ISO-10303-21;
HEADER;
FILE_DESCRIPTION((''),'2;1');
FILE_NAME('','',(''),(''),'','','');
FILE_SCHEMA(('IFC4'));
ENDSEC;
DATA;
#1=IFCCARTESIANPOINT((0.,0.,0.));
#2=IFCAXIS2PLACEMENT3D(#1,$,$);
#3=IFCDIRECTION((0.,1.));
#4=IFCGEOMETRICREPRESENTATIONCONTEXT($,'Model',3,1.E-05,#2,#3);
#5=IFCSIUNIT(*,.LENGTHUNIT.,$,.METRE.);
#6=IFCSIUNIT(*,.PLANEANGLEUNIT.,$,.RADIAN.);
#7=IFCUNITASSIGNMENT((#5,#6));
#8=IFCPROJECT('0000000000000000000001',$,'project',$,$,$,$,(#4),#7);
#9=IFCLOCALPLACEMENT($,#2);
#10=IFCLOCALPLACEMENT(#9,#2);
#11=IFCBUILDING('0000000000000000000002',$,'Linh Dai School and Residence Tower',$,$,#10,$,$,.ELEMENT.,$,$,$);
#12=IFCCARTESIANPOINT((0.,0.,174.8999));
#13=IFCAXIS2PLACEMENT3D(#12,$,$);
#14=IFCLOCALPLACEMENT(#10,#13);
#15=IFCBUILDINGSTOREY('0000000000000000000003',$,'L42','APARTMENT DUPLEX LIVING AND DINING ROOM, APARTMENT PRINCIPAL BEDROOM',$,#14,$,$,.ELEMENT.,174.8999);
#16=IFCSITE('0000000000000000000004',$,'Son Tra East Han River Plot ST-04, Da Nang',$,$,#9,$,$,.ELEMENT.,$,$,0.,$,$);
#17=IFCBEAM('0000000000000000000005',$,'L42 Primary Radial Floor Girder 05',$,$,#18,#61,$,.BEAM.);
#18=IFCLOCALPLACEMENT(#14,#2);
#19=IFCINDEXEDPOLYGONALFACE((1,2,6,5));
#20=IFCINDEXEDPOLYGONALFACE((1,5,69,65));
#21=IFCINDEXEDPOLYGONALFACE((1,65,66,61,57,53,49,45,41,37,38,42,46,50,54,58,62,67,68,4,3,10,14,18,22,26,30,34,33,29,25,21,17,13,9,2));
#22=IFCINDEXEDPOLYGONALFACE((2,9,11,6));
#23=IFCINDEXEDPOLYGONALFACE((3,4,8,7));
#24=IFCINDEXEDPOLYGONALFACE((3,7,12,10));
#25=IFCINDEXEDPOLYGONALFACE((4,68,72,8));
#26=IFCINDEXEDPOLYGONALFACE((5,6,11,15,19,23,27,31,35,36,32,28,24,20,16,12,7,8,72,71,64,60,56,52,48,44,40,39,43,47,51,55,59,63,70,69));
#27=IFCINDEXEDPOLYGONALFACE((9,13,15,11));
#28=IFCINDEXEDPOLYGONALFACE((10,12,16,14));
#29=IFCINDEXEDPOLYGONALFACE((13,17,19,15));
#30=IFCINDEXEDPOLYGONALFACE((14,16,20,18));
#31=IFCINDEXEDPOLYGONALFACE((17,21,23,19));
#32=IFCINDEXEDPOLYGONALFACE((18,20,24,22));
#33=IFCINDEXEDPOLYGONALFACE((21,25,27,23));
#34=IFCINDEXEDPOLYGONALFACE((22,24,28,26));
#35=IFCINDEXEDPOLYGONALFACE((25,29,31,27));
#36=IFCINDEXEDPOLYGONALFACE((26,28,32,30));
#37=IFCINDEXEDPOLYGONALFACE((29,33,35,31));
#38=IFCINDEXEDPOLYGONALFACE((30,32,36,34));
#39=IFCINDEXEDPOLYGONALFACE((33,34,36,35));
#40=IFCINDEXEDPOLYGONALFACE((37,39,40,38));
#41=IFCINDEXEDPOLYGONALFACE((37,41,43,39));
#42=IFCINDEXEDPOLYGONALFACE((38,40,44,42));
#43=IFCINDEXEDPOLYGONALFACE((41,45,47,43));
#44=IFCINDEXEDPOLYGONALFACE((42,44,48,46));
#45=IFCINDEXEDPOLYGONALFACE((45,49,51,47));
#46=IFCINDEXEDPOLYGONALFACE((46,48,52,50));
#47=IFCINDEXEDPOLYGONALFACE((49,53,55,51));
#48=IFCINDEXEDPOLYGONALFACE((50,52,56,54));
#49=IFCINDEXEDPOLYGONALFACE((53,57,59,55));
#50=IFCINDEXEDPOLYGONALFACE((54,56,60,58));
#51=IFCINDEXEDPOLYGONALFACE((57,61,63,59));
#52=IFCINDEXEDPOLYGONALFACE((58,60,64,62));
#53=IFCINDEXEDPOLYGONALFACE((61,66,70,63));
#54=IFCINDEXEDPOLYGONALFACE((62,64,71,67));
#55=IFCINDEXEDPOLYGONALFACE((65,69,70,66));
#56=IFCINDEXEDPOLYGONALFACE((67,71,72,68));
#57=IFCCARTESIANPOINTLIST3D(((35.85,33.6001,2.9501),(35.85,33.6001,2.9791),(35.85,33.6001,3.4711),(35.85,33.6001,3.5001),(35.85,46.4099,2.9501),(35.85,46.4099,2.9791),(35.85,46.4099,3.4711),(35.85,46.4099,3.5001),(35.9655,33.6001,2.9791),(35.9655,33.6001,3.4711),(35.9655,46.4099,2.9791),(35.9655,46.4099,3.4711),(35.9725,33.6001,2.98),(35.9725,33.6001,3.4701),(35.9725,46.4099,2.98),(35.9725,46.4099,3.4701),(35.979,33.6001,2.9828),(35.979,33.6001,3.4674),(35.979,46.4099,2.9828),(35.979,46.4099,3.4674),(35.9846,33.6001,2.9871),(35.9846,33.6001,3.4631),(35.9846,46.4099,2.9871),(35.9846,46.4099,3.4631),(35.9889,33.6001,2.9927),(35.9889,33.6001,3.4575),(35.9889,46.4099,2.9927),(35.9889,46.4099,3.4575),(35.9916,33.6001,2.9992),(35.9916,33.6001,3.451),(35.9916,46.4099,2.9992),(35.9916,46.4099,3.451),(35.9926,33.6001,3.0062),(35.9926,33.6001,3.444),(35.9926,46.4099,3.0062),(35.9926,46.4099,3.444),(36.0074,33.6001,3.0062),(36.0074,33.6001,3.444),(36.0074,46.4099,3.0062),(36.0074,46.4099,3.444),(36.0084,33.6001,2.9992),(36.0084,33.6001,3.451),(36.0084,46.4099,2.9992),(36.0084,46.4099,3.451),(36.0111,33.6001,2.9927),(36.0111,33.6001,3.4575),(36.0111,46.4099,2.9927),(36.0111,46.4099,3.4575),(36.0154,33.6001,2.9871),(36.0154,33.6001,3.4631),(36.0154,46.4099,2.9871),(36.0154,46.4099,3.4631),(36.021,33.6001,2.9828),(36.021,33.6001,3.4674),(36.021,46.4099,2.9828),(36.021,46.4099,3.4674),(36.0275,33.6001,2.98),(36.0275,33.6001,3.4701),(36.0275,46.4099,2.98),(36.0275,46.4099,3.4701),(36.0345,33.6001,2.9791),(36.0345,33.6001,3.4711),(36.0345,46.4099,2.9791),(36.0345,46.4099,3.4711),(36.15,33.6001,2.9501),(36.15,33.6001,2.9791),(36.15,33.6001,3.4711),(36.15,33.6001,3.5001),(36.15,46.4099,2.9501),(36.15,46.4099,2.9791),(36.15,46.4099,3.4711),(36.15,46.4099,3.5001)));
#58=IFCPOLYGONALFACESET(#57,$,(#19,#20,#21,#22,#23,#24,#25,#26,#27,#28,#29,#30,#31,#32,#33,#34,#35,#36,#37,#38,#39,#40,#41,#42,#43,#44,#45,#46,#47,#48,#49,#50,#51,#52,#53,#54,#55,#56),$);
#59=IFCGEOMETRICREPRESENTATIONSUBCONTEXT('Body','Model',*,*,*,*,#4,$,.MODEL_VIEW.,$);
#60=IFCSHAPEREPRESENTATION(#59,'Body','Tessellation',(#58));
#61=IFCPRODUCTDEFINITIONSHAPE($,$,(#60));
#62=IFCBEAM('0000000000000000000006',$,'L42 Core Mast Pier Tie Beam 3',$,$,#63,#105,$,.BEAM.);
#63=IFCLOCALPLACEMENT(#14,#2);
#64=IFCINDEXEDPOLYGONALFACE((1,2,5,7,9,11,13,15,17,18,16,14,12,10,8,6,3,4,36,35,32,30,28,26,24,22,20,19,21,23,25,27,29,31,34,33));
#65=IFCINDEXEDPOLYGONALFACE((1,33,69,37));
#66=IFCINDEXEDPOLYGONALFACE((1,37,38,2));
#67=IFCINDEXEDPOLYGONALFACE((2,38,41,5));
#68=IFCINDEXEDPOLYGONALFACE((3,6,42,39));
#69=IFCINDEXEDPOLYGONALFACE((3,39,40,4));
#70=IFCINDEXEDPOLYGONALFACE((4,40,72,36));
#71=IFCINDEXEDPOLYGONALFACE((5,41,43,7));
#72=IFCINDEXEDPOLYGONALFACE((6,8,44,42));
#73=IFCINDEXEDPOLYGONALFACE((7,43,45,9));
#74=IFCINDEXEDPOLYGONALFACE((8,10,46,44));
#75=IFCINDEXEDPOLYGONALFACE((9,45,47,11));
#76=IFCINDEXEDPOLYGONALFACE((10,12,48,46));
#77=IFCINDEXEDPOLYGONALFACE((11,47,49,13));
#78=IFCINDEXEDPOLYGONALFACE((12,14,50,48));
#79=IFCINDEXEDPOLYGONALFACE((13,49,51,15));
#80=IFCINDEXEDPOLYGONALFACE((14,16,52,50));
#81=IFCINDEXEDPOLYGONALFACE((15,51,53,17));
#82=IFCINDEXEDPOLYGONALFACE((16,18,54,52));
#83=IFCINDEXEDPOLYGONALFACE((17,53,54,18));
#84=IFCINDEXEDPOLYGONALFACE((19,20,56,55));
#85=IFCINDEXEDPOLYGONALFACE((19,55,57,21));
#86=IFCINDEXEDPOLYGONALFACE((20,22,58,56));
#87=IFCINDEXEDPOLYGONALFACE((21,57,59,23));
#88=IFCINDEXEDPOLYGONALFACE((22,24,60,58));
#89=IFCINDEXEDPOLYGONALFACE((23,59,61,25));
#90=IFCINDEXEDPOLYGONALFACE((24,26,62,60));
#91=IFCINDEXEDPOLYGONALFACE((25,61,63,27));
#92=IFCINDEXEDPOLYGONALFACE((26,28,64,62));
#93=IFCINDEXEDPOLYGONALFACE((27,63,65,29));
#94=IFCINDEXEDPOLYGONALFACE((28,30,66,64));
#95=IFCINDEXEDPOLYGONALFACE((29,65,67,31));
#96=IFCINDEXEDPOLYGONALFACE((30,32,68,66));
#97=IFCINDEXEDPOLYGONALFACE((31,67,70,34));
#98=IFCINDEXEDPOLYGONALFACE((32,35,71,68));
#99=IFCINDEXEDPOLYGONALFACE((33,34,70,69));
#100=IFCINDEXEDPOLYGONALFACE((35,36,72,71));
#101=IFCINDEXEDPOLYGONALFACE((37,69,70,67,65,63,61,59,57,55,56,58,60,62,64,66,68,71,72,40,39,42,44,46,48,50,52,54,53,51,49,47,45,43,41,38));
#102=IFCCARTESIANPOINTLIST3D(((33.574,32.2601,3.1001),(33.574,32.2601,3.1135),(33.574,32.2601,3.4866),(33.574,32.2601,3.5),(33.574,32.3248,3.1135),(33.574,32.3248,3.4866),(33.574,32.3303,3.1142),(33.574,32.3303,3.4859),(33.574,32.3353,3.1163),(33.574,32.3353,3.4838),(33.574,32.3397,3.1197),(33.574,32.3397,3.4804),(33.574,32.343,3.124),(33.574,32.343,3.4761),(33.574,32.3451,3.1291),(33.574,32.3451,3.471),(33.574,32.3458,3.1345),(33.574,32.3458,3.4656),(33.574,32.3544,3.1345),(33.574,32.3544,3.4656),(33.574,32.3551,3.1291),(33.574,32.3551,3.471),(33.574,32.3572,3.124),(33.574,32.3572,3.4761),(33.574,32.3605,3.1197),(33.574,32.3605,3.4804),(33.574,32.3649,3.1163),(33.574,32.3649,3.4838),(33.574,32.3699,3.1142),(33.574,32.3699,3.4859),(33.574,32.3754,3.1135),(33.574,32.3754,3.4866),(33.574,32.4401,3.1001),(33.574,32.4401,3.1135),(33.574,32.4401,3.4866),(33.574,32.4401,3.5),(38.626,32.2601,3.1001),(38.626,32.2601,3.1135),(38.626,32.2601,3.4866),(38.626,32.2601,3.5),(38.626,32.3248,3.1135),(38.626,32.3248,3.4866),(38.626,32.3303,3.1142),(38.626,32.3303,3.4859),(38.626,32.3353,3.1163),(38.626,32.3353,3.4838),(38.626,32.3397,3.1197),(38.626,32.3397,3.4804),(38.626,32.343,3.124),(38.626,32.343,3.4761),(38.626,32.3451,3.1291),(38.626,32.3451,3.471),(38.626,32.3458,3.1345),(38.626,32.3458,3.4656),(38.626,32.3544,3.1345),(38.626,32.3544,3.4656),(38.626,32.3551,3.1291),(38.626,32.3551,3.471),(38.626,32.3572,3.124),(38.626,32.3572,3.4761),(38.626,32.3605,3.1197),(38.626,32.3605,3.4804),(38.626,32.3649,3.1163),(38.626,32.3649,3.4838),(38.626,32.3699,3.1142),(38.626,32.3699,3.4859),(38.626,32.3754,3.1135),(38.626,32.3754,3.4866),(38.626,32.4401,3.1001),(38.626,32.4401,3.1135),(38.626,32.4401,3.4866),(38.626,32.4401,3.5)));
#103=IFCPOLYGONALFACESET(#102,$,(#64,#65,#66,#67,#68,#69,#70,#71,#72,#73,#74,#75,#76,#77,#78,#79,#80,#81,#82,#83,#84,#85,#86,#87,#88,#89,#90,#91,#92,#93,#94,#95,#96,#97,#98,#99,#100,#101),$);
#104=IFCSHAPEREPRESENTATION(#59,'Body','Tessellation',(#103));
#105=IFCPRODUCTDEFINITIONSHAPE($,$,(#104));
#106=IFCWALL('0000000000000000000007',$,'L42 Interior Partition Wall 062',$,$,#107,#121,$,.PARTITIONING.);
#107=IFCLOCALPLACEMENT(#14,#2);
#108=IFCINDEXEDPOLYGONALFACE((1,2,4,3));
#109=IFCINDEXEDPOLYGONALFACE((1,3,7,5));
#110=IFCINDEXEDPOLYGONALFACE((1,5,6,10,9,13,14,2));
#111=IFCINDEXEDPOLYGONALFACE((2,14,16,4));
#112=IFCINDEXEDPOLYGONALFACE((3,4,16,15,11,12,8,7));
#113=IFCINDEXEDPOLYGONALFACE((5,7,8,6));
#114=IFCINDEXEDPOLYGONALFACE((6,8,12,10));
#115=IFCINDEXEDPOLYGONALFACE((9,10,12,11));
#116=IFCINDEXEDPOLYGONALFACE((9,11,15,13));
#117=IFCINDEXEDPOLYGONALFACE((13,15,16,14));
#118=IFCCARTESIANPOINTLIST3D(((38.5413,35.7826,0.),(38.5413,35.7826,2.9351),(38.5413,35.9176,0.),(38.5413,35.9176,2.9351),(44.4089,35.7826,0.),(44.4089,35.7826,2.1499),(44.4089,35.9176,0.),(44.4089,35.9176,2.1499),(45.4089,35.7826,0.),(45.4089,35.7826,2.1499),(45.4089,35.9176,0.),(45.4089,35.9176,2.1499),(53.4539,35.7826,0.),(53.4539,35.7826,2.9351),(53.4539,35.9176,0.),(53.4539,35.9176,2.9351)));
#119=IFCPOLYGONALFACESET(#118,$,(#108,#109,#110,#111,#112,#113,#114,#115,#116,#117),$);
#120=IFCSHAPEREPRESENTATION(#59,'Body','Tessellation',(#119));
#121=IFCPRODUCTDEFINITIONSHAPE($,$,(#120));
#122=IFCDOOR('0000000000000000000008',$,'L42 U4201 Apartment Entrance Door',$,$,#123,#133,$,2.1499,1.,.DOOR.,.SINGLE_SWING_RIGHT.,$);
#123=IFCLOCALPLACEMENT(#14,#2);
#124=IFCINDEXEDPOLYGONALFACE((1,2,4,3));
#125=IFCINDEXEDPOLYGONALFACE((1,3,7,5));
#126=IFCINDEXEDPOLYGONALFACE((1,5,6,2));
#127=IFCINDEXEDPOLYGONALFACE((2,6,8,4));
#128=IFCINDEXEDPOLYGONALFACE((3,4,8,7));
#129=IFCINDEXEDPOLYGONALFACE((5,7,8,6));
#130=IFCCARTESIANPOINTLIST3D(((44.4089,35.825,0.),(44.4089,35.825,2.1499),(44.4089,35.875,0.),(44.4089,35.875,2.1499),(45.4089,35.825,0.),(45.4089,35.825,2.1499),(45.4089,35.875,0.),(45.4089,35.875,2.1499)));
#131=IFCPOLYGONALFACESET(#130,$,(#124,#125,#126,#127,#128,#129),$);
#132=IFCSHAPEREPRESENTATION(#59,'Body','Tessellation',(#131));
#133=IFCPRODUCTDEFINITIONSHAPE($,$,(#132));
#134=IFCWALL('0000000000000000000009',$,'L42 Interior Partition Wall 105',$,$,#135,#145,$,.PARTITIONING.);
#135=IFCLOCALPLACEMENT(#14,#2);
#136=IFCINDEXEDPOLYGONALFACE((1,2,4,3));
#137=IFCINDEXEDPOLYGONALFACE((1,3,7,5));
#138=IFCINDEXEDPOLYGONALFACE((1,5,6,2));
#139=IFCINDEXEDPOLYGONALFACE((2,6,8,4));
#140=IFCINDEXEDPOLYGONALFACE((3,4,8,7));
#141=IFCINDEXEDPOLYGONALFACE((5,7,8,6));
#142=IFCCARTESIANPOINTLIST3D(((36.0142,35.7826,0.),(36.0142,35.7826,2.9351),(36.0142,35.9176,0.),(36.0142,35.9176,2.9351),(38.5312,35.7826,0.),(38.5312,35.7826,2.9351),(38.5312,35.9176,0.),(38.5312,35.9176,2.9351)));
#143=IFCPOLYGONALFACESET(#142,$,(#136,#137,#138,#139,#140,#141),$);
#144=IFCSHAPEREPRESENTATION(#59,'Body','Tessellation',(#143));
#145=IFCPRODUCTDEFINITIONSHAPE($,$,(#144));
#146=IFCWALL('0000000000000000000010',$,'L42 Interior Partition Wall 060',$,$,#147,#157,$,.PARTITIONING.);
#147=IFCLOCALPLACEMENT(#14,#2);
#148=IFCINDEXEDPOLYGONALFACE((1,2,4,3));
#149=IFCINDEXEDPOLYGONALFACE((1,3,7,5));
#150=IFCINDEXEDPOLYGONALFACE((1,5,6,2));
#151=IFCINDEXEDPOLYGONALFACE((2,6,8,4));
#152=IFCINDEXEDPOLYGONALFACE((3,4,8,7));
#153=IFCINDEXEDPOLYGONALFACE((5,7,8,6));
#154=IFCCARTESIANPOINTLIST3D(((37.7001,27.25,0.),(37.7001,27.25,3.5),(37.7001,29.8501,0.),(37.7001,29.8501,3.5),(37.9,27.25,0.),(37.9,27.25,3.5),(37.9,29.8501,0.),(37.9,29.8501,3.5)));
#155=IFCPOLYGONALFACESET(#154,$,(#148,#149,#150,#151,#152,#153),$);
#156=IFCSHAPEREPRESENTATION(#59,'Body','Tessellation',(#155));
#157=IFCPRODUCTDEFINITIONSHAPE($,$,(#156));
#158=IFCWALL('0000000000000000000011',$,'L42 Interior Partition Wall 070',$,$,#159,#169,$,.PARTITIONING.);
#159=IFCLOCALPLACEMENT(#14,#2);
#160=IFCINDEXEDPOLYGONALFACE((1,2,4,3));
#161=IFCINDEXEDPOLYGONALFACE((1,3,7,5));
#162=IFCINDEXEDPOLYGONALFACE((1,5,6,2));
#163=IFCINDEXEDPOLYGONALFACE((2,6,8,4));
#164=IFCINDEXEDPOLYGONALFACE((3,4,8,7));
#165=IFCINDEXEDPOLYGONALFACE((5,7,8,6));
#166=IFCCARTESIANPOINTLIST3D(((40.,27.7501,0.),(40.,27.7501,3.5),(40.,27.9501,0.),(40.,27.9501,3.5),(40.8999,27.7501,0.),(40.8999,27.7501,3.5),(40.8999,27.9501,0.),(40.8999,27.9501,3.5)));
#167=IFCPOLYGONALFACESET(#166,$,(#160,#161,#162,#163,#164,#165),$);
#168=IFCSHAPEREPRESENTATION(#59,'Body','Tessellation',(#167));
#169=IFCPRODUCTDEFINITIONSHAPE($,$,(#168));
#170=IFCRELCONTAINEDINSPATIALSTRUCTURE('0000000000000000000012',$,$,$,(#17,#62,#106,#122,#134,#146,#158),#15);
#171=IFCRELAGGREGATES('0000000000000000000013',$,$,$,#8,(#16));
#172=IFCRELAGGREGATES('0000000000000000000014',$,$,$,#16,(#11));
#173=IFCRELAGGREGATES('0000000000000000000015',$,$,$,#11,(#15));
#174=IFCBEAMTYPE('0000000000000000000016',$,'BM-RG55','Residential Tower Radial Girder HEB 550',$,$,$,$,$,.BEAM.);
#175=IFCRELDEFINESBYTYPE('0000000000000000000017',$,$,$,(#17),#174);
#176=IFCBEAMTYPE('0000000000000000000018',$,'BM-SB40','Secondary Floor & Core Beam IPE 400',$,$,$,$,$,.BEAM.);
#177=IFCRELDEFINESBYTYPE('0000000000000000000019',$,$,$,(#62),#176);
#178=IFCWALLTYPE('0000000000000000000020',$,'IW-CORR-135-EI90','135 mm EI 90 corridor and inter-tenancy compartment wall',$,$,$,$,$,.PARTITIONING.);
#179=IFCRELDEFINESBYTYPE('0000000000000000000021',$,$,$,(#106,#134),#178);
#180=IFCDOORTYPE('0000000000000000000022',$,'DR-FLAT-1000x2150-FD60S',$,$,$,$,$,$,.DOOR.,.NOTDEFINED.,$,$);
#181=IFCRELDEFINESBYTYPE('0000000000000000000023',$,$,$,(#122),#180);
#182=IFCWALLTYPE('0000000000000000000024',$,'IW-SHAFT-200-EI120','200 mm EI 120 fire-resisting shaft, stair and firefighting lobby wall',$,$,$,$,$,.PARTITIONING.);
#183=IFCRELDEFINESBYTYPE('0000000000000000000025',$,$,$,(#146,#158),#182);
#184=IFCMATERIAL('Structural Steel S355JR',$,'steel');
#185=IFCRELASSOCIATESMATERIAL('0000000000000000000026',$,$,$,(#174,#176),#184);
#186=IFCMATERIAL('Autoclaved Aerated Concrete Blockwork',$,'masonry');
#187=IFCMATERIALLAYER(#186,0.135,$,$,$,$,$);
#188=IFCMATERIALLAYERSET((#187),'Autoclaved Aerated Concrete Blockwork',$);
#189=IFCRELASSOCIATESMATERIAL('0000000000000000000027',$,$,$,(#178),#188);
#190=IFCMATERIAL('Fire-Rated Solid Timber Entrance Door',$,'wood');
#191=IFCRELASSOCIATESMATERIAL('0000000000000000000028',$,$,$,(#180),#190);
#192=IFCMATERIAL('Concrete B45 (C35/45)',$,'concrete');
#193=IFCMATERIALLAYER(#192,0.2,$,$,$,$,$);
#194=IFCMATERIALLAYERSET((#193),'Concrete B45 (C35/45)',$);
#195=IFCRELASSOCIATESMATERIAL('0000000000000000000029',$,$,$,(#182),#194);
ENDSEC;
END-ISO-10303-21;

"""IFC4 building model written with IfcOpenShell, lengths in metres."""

from ifc_helpers import new_model, si_unit, direction, frame, frame_2d, origin, origin_2d, place, context, subcontext, project, spatial, rectangle, i_section, extrude, source, transform, mapped, material, layer, layer_set, material_profile, profile_set, type_object, element, fill, save


model = new_model("IFC4")

# Units and contexts
model_context = context("Model", 3, precision=1e-05, world=origin(), true_north=direction((0.0, 1.0)))
body_context = subcontext(model_context, "Body", "Model", "MODEL_VIEW")
ifc_project = project(units=[si_unit("LENGTHUNIT", "METRE"), si_unit("PLANEANGLEUNIT", "RADIAN")], contexts=[model_context])

# Site, building, storey
site_placement = place(None, origin())
site = spatial("IfcSite", under=ifc_project, at=site_placement, Name="Son Tra East Han River Plot ST-04, Da Nang", CompositionType="ELEMENT", RefElevation=0.0)
building_placement = place(site_placement, origin())
building = spatial("IfcBuilding", under=site, at=building_placement, Name="Linh Dai School and Residence Tower", CompositionType="ELEMENT")
storey_placement = place(building_placement, frame((0.0, 0.0, 174.8999)))
storey = spatial("IfcBuildingStorey", under=building, at=storey_placement, Name="L42", Description="APARTMENT DUPLEX LIVING AND DINING ROOM, APARTMENT PRINCIPAL BEDROOM", CompositionType="ELEMENT", Elevation=174.8999)

# Shared definitions
ifc_material_1 = material(Name="Structural Steel S355JR", Category="steel")

# Beams
ifc_material_profile_1 = material_profile(ifc_material_1, i_section(OverallWidth=0.3, OverallDepth=0.55, WebThickness=0.0149, FlangeThickness=0.0291, FilletRadius=0.0271, at=origin_2d()), Name="HEB 550")
ifc_profile_set_1 = profile_set([ifc_material_profile_1], Name="Structural Steel S355JR")
beam_type_1 = type_object("IfcBeamType", Name="BM-RG55", Description="Residential Tower Radial Girder HEB 550", PredefinedType="BEAM", material=ifc_profile_set_1)
beam_1_placement = place(storey_placement, frame((36.0, 33.6001, 3.2251), z_axis=(0.0, 1.0, 0.0), x_axis=(-1.0, 0.0, 0.0)))
element("IfcBeam", 1, at=beam_1_placement, inside=storey, type_object=beam_type_1, Name="L42 Primary Radial Floor Girder 05", PredefinedType="BEAM", context=body_context, shape_type="SweptSolid", body=[
    extrude(i_section(OverallWidth=0.3, OverallDepth=0.55, WebThickness=0.0149, FlangeThickness=0.0291, FilletRadius=0.0271, at=origin_2d()), origin(), (0.0, 0.0, 1.0), 12.8098),
])
ifc_material_profile_2 = material_profile(ifc_material_1, i_section(OverallWidth=0.1799, OverallDepth=0.3999, WebThickness=0.0085, FlangeThickness=0.0134, FilletRadius=0.021, at=origin_2d()), Name="IPE 400")
ifc_profile_set_2 = profile_set([ifc_material_profile_2], Name="Structural Steel S355JR")
beam_type_2 = type_object("IfcBeamType", Name="BM-SB40", Description="Secondary Floor & Core Beam IPE 400", PredefinedType="BEAM", material=ifc_profile_set_2)
beam_2_placement = place(storey_placement, frame((38.626, 32.3501, 3.3), z_axis=(-1.0, 0.0, 0.0), x_axis=(0.0, -1.0, 0.0)))
element("IfcBeam", 2, at=beam_2_placement, inside=storey, type_object=beam_type_2, Name="L42 Core Mast Pier Tie Beam 3", PredefinedType="BEAM", context=body_context, shape_type="SweptSolid", body=[
    extrude(i_section(OverallWidth=0.1799, OverallDepth=0.3999, WebThickness=0.0085, FlangeThickness=0.0134, FilletRadius=0.021, at=origin_2d()), origin(), (0.0, 0.0, 1.0), 5.052),
])

# Wall, opening, door
ifc_material_2 = material(Name="Autoclaved Aerated Concrete Blockwork", Category="masonry")
ifc_layer_1 = layer(ifc_material_2, 0.135)
ifc_layer_set_1 = layer_set([ifc_layer_1], Name="Autoclaved Aerated Concrete Blockwork")
wall_type_1 = type_object("IfcWallType", Name="IW-CORR-135-EI90", Description="135 mm EI 90 corridor and inter-tenancy compartment wall", PredefinedType="PARTITIONING", material=ifc_layer_set_1)
wall_1_placement = place(storey_placement, frame((38.5413, 35.8501, 0.0), z_axis=(0.0, 0.0, 1.0), x_axis=(1.0, 0.0, 0.0)))
wall_1 = element("IfcWall", 3, at=wall_1_placement, inside=storey, type_object=wall_type_1, Name="L42 Interior Partition Wall 062", PredefinedType="PARTITIONING", context=body_context, shape_type="SweptSolid", body=[
    extrude(rectangle(XDim=14.9126, YDim=0.135, at=frame_2d((7.4563, 0.0))), origin(), (0.0, 0.0, 1.0), 2.9351),
])
opening_1_placement = place(wall_1_placement, frame((5.8677, 0.0, 0.0)))
opening_1 = element("IfcOpeningElement", 4, at=opening_1_placement, cuts=wall_1, PredefinedType="OPENING", context=body_context, shape_type="SweptSolid", body=[
    extrude(rectangle(XDim=1.0, YDim=2.1499, at=origin_2d()), frame((0.5, 0.0776, 1.075), z_axis=(0.0, -1.0, 0.0), x_axis=(1.0, 0.0, 0.0)), (0.0, 0.0, 1.0), 0.155),
])
ifc_material_3 = material(Name="Fire-Rated Solid Timber Entrance Door", Category="wood")
door_type_1 = type_object("IfcDoorType", Name="DR-FLAT-1000x2150-FD60S", OperationType="NOTDEFINED", PredefinedType="DOOR", material=ifc_material_3)
shared_shape_1 = source(origin(), body_context, "Body", "SweptSolid", [
    extrude(rectangle(XDim=1.0, YDim=2.1499, at=origin_2d()), frame((0.5, 0.0249, 1.075), z_axis=(0.0, -1.0, 0.0), x_axis=(1.0, 0.0, 0.0)), (0.0, 0.0, 1.0), 0.05),
])
door_1_placement = place(opening_1_placement, origin())
door_1 = element("IfcDoor", 5, at=door_1_placement, inside=storey, type_object=door_type_1, Name="L42 U4201 Apartment Entrance Door", OperationType="SINGLE_SWING_RIGHT", OverallHeight=2.1499, OverallWidth=1.0, PredefinedType="DOOR", context=body_context, shape_type="MappedRepresentation", body=[
    mapped(shared_shape_1, transform((0.0, 0.0, 0.0), x_axis=(1.0, 0.0, 0.0), y_axis=(0.0, 1.0, 0.0), z_axis=(0.0, 0.0, 1.0), scale=1.0)),
])
fill(opening_1, door_1)

# Walls
wall_2_placement = place(storey_placement, frame((36.0142, 35.8501, 0.0), z_axis=(0.0, 0.0, 1.0), x_axis=(1.0, 0.0, 0.0)))
element("IfcWall", 6, at=wall_2_placement, inside=storey, type_object=wall_type_1, Name="L42 Interior Partition Wall 105", PredefinedType="PARTITIONING", context=body_context, shape_type="SweptSolid", body=[
    extrude(rectangle(XDim=2.5171, YDim=0.135, at=frame_2d((1.2585, 0.0))), origin(), (0.0, 0.0, 1.0), 2.9351),
])
ifc_material_4 = material(Name="Concrete B45 (C35/45)", Category="concrete")
ifc_layer_2 = layer(ifc_material_4, 0.2)
ifc_layer_set_2 = layer_set([ifc_layer_2], Name="Concrete B45 (C35/45)")
wall_type_2 = type_object("IfcWallType", Name="IW-SHAFT-200-EI120", Description="200 mm EI 120 fire-resisting shaft, stair and firefighting lobby wall", PredefinedType="PARTITIONING", material=ifc_layer_set_2)
wall_3_placement = place(storey_placement, frame((37.8, 27.25, 0.0), z_axis=(0.0, 0.0, 1.0), x_axis=(0.0, 1.0, 0.0)))
element("IfcWall", 7, at=wall_3_placement, inside=storey, type_object=wall_type_2, Name="L42 Interior Partition Wall 060", PredefinedType="PARTITIONING", context=body_context, shape_type="SweptSolid", body=[
    extrude(rectangle(XDim=2.6001, YDim=0.2, at=frame_2d((1.3, 0.0))), origin(), (0.0, 0.0, 1.0), 3.5),
])
wall_4_placement = place(storey_placement, frame((40.0, 27.8501, 0.0), z_axis=(0.0, 0.0, 1.0), x_axis=(1.0, 0.0, 0.0)))
element("IfcWall", 8, at=wall_4_placement, inside=storey, type_object=wall_type_2, Name="L42 Interior Partition Wall 070", PredefinedType="PARTITIONING", context=body_context, shape_type="SweptSolid", body=[
    extrude(rectangle(XDim=0.8999, YDim=0.2, at=frame_2d((0.45, 0.0))), origin(), (0.0, 0.0, 1.0), 3.5),
])

save(model, "model.ifc")
